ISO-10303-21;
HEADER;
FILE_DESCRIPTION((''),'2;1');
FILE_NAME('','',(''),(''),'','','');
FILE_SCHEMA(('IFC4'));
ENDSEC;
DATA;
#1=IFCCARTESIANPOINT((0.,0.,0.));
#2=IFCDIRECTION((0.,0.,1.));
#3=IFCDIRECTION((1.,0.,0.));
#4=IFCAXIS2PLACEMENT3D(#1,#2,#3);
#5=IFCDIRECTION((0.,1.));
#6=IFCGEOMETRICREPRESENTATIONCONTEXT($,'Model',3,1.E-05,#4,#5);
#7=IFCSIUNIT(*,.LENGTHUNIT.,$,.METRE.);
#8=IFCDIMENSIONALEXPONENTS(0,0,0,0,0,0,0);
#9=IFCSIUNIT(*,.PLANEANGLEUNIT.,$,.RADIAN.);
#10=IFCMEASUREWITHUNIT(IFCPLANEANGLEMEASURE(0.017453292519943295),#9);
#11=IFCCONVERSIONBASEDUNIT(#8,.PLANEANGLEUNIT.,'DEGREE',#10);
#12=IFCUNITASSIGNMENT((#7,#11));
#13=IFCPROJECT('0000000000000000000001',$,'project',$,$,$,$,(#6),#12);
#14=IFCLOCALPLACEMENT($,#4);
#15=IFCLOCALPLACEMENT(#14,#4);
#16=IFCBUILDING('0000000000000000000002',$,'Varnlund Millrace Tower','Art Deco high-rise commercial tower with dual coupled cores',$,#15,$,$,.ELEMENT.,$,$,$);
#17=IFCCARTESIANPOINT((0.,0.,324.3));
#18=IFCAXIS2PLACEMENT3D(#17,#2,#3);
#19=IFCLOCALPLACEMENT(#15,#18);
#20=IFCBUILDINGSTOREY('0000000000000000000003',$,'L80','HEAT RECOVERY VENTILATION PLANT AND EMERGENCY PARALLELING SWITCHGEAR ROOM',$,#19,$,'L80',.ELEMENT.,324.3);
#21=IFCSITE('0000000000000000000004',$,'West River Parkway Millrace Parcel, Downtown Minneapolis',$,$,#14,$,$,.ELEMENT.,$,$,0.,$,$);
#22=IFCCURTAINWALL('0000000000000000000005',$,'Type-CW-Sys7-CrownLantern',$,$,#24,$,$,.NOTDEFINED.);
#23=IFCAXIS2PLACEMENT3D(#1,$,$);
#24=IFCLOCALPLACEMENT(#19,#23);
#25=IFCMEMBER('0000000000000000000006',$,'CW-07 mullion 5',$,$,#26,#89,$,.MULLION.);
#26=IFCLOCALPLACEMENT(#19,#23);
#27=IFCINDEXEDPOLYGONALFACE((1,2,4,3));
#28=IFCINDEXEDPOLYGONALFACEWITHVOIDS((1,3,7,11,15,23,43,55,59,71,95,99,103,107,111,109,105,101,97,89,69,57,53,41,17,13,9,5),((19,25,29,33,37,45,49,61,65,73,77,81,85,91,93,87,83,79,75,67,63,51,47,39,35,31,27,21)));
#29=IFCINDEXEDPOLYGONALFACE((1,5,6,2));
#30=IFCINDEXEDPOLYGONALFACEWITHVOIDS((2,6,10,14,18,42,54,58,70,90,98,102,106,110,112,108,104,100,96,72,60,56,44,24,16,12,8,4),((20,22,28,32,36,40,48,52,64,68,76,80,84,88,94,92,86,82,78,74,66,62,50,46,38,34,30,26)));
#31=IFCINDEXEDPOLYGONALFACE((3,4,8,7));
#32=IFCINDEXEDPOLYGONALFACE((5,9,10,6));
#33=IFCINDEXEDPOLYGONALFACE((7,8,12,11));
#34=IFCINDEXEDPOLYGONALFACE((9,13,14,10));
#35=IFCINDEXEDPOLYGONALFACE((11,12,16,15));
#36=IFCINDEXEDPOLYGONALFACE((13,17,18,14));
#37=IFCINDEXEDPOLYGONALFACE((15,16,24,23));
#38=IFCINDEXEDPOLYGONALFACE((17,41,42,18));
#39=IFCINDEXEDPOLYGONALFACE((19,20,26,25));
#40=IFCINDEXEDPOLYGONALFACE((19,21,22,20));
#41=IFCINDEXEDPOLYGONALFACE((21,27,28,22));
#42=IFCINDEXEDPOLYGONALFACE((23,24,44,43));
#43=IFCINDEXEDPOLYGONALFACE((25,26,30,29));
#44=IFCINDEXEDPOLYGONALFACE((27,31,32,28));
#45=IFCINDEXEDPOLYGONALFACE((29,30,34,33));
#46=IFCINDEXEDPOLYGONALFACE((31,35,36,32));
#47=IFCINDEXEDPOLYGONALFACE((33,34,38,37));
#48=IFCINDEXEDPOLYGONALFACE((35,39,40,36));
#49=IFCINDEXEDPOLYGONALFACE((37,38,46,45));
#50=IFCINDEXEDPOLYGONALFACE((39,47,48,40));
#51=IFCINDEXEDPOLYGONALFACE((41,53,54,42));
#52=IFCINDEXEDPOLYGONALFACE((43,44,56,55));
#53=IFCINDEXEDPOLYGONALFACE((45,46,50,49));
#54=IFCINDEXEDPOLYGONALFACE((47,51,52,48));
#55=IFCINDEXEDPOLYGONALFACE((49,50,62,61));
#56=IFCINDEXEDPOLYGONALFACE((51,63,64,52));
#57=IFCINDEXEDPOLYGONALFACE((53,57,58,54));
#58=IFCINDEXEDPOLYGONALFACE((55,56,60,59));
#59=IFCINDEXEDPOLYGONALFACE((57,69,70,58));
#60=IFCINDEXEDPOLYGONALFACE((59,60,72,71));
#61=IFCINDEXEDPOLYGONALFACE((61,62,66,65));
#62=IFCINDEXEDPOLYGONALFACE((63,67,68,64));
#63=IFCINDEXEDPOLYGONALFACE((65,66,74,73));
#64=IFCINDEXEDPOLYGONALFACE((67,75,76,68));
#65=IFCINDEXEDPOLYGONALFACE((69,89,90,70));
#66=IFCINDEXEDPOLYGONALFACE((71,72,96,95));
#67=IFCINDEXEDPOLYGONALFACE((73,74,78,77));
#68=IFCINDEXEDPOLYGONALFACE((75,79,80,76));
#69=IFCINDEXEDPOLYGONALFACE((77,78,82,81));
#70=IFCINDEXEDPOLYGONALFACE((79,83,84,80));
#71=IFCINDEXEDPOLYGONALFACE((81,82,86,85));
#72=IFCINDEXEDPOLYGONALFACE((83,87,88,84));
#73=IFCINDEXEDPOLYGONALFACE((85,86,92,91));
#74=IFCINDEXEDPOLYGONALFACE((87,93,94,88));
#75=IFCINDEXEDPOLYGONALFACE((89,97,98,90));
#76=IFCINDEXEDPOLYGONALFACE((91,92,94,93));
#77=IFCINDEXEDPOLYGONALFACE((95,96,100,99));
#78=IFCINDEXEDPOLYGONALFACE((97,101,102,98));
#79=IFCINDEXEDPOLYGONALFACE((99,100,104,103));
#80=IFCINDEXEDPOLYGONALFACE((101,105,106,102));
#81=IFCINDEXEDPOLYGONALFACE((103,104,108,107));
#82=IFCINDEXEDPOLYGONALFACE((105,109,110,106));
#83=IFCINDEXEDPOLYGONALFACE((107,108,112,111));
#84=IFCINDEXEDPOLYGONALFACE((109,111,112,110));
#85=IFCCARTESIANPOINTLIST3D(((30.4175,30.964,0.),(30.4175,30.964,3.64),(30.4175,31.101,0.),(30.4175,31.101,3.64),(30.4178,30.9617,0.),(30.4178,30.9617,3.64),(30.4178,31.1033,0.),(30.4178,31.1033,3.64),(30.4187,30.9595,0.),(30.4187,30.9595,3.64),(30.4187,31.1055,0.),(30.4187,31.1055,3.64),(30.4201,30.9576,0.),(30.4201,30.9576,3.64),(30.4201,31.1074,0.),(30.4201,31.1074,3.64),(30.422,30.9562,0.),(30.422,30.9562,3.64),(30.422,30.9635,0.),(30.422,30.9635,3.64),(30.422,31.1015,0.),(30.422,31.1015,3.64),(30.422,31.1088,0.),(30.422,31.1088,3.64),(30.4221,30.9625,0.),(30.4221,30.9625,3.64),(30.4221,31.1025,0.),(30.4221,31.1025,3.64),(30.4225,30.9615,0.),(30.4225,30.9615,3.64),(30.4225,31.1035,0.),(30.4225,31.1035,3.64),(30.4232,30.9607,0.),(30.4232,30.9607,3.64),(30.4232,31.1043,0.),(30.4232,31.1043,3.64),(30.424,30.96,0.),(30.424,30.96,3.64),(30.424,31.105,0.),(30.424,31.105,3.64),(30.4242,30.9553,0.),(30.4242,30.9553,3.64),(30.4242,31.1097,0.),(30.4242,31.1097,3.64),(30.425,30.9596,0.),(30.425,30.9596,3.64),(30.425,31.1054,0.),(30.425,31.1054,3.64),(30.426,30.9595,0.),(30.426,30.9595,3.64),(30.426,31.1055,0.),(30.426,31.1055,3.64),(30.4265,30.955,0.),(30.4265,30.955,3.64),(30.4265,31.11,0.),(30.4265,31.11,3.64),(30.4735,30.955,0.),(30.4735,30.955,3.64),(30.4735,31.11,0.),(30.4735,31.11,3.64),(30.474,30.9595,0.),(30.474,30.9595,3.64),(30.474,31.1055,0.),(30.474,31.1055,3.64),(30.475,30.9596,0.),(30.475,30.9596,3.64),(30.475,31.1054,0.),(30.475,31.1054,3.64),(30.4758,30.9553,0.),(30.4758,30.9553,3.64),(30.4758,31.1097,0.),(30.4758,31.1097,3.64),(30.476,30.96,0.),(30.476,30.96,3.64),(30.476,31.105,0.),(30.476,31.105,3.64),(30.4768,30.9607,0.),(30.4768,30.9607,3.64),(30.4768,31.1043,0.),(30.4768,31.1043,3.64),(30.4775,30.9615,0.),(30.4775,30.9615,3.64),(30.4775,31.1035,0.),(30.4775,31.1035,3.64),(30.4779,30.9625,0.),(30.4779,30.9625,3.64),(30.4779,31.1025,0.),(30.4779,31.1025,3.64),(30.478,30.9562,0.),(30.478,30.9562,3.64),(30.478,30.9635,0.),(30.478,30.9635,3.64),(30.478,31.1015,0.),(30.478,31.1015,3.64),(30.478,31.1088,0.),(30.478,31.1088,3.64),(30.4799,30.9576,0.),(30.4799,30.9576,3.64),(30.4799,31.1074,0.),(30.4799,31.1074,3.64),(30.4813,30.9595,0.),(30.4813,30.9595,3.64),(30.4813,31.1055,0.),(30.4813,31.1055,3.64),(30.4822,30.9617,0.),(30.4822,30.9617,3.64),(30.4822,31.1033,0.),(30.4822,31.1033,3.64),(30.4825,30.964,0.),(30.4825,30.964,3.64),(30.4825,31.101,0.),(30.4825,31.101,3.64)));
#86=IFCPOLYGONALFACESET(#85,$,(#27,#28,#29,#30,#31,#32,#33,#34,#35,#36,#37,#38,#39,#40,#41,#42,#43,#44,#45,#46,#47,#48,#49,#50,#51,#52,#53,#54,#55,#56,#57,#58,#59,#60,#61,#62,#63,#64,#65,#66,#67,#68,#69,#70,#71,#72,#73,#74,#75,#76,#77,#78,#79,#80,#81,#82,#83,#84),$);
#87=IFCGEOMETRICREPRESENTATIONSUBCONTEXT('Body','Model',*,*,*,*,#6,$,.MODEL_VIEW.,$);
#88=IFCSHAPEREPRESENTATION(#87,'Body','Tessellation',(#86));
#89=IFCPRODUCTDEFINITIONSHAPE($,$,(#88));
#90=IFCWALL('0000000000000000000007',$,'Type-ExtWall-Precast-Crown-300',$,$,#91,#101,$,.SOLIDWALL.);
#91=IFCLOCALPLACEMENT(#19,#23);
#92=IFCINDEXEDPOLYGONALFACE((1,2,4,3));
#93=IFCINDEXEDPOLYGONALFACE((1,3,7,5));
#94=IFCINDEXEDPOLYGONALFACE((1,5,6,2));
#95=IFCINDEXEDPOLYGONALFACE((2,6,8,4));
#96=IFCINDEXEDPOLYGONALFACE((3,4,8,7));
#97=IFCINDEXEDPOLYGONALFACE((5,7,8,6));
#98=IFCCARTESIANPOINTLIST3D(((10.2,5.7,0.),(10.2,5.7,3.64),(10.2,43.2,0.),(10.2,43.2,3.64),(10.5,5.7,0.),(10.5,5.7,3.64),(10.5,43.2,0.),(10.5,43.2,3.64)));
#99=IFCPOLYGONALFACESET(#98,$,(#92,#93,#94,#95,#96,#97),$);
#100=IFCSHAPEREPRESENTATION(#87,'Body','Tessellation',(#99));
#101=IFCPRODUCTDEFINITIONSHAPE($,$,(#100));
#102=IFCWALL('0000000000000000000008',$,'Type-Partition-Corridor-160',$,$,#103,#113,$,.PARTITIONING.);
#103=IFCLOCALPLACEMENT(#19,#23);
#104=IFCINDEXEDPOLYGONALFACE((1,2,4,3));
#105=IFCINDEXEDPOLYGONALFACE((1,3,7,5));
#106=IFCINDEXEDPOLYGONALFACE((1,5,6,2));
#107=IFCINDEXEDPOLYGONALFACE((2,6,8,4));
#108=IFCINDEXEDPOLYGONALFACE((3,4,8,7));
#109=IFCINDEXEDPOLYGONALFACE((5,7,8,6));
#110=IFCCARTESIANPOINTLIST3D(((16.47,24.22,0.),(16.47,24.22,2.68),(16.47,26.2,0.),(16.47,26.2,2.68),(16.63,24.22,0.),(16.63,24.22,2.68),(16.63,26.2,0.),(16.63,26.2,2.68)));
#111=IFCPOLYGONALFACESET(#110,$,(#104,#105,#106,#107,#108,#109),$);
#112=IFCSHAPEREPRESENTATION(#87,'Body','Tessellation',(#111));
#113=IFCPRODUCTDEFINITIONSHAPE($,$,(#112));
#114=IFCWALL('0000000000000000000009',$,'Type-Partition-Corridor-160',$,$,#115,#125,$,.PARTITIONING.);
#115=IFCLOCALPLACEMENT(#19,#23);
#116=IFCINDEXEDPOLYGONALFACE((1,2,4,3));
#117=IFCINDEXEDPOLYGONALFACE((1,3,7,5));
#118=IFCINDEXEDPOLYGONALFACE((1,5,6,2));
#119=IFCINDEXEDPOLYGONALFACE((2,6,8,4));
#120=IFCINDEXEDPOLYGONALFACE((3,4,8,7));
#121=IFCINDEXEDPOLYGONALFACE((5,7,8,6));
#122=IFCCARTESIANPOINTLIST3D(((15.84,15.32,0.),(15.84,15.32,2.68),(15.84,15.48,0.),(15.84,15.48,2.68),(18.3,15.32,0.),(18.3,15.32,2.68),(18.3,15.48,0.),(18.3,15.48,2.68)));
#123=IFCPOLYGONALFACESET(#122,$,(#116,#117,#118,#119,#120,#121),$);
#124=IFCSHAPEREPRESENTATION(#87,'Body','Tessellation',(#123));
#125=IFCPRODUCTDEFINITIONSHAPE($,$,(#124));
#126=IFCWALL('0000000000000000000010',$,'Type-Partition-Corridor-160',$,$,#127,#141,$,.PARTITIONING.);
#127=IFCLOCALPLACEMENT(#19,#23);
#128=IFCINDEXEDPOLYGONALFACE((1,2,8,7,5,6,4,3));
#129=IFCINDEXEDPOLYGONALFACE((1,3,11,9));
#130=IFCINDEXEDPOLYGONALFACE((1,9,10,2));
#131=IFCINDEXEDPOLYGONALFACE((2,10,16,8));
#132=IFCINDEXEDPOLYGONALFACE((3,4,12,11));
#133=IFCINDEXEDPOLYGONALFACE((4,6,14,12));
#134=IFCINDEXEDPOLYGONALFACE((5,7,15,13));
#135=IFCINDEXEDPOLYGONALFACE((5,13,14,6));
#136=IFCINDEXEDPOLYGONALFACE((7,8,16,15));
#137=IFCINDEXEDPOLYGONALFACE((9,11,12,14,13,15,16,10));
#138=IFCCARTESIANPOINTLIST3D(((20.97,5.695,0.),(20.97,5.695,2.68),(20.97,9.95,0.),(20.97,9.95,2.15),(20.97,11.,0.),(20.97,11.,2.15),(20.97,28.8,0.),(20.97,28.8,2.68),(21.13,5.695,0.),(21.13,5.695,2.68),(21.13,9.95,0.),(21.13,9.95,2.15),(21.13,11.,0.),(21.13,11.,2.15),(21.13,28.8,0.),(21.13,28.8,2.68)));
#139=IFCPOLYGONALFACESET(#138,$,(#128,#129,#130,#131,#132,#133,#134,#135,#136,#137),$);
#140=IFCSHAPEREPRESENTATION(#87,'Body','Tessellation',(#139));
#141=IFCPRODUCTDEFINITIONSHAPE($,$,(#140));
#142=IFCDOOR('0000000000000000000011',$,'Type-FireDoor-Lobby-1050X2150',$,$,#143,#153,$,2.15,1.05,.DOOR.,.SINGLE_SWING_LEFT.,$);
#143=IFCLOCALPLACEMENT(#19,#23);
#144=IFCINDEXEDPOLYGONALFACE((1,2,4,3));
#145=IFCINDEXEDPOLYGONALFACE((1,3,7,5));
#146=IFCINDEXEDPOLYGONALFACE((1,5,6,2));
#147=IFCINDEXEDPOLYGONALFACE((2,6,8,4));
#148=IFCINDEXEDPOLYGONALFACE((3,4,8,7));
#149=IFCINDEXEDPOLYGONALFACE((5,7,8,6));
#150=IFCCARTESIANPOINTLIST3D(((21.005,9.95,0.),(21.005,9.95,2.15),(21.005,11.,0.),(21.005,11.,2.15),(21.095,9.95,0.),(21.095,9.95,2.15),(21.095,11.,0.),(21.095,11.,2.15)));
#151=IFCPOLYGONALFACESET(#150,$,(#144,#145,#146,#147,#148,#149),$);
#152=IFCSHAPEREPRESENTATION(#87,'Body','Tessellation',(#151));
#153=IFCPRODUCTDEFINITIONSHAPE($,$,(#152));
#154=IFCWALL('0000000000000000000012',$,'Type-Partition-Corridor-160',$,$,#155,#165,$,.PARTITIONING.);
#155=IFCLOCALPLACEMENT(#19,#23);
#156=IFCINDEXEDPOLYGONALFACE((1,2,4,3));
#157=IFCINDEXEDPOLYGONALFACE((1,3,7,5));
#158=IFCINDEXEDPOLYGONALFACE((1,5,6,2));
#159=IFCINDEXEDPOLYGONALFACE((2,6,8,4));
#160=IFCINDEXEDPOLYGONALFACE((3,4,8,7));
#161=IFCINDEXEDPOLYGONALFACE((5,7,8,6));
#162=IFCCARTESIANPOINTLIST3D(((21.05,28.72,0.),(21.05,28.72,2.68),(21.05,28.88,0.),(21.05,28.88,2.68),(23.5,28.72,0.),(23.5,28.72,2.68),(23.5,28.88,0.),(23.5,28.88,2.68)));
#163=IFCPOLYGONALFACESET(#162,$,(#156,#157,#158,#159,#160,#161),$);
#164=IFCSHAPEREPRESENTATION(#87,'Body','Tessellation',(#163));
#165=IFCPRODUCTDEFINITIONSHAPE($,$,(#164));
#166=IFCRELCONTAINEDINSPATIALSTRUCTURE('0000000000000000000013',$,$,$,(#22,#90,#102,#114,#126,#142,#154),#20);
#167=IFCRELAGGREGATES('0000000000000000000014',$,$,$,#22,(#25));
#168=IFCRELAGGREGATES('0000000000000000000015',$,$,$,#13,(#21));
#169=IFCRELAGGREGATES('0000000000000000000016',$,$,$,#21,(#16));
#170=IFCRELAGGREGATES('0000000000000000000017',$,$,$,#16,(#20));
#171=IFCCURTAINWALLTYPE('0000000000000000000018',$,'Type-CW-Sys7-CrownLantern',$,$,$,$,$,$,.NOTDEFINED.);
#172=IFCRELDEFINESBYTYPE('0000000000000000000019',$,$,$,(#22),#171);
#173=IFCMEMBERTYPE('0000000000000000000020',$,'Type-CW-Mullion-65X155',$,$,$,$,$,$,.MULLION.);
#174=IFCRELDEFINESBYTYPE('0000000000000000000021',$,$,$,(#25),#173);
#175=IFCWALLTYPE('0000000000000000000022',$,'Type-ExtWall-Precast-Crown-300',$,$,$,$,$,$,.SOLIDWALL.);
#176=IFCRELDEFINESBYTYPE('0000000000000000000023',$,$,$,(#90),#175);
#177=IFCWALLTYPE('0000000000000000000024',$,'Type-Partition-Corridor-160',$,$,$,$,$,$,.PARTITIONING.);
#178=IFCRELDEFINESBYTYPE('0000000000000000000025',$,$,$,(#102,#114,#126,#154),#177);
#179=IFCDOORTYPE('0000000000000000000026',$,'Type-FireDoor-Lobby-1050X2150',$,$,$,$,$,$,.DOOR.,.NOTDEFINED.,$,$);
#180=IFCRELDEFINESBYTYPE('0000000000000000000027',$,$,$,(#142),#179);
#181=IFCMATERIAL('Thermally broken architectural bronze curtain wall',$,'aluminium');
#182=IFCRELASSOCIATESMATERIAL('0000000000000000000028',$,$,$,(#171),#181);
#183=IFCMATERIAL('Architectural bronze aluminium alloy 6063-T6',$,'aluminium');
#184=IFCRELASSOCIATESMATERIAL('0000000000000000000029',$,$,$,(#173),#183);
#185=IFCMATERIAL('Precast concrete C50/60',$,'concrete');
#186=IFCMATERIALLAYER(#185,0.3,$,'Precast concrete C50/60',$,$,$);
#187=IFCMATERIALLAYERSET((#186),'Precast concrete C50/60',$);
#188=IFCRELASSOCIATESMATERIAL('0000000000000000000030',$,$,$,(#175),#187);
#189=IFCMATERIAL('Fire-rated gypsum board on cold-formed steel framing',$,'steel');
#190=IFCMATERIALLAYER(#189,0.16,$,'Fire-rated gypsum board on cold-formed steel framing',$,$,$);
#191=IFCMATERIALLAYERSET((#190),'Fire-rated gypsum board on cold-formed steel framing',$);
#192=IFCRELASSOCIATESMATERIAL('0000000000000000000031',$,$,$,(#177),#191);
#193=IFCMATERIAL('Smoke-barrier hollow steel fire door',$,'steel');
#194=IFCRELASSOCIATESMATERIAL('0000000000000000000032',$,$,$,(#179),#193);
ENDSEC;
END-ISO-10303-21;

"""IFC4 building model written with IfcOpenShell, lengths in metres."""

from ifc_helpers import new_model, entity, si_unit, converted_unit, direction, frame, origin_with_axes, origin_2d_with_axis, place, context, subcontext, project, spatial, polyline, rectangle, hollow_rectangle, outline, extrude, material, layer, layer_set, material_profile, profile_set, type_object, element, fill, aggregate, save


model = new_model("IFC4")

# Units and contexts
model_context = context("Model", 3, precision=1e-05, world=origin_with_axes(), true_north=direction((0.0, 1.0)))
body_context = subcontext(model_context, "Body", "Model", "MODEL_VIEW")
ifc_project = project(units=[si_unit("LENGTHUNIT", "METRE"), converted_unit("PLANEANGLEUNIT", "DEGREE", entity("IfcPlaneAngleMeasure", 0.017453292519943295), si_unit("PLANEANGLEUNIT", "RADIAN"), dimensions=[0, 0, 0, 0, 0, 0, 0])], contexts=[model_context])

# Site, building, storey
site_placement = place(None, origin_with_axes())
site = spatial("IfcSite", under=ifc_project, at=site_placement, Name="West River Parkway Millrace Parcel, Downtown Minneapolis", CompositionType="ELEMENT", RefElevation=0.0)
building_placement = place(site_placement, origin_with_axes())
building = spatial("IfcBuilding", under=site, at=building_placement, Name="Varnlund Millrace Tower", Description="Art Deco high-rise commercial tower with dual coupled cores", CompositionType="ELEMENT")
storey_placement = place(building_placement, frame((0.0, 0.0, 324.3), z_axis=(0.0, 0.0, 1.0), x_axis=(1.0, 0.0, 0.0)))
storey = spatial("IfcBuildingStorey", under=building, at=storey_placement, Name="L80", Description="HEAT RECOVERY VENTILATION PLANT AND EMERGENCY PARALLELING SWITCHGEAR ROOM", LongName="L80", CompositionType="ELEMENT", Elevation=324.3)

# Curtain wall, member
ifc_material_1 = material(Name="Thermally broken architectural bronze curtain wall", Category="aluminium")
curtain_wall_type = type_object("IfcCurtainWallType", Name="Type-CW-Sys7-CrownLantern", PredefinedType="NOTDEFINED", material=ifc_material_1)
curtain_wall_placement = place(storey_placement, frame((30.45, 37.0, 0.0), z_axis=(0.0, 0.0, 1.0), x_axis=(1.0, 0.0, 0.0)))
curtain_wall = element("IfcCurtainWall", 1, at=curtain_wall_placement, inside=storey, type_object=curtain_wall_type, Name="Type-CW-Sys7-CrownLantern", PredefinedType="NOTDEFINED")
ifc_material_2 = material(Name="Architectural bronze aluminium alloy 6063-T6", Category="aluminium")
ifc_material_profile_1 = material_profile(ifc_material_2, hollow_rectangle(XDim=0.065, YDim=0.155, WallThickness=0.0045, InnerFilletRadius=0.004, OuterFilletRadius=0.009, at=origin_2d_with_axis()), Name="Architectural bronze aluminium alloy 6063-T6")
ifc_profile_set_1 = profile_set([ifc_material_profile_1], Name="Architectural bronze aluminium alloy 6063-T6")
member_type = type_object("IfcMemberType", Name="Type-CW-Mullion-65X155", PredefinedType="MULLION", material=ifc_profile_set_1)
member_placement = place(storey_placement, frame((30.45, 31.0325, 0.0), z_axis=(0.0, 0.0, 1.0), x_axis=(1.0, 0.0, 0.0)))
member = element("IfcMember", 2, at=member_placement, type_object=member_type, Name="CW-07 mullion 5", PredefinedType="MULLION", context=body_context, shape_type="SweptSolid", body=[
    extrude(hollow_rectangle(XDim=0.065, YDim=0.155, WallThickness=0.0045, InnerFilletRadius=0.004, OuterFilletRadius=0.009, at=origin_2d_with_axis()), origin_with_axes(), (0.0, 0.0, 1.0), 3.64),
])
aggregate(curtain_wall, [member])

# Walls
ifc_material_3 = material(Name="Precast concrete C50/60", Category="concrete")
ifc_layer_1 = layer(ifc_material_3, 0.3, Name="Precast concrete C50/60")
ifc_layer_set_1 = layer_set([ifc_layer_1], Name="Precast concrete C50/60")
wall_type_1 = type_object("IfcWallType", Name="Type-ExtWall-Precast-Crown-300", PredefinedType="SOLIDWALL", material=ifc_layer_set_1)
wall_1_placement = place(storey_placement, frame((10.35, 5.7, 0.0), z_axis=(0.0, 0.0, 1.0), x_axis=(0.0, 1.0, 0.0)))
element("IfcWall", 3, at=wall_1_placement, inside=storey, type_object=wall_type_1, Name="Type-ExtWall-Precast-Crown-300", PredefinedType="SOLIDWALL", context=body_context, shape_type="SweptSolid", body=[
    extrude(outline(polyline([(0.0, -0.15), (37.5, -0.15), (37.5, 0.15), (0.0, 0.15), (0.0, -0.15)])), origin_with_axes(), (0.0, 0.0, 1.0), 3.64),
])
ifc_material_4 = material(Name="Fire-rated gypsum board on cold-formed steel framing", Category="steel")
ifc_layer_2 = layer(ifc_material_4, 0.16, Name="Fire-rated gypsum board on cold-formed steel framing")
ifc_layer_set_2 = layer_set([ifc_layer_2], Name="Fire-rated gypsum board on cold-formed steel framing")
wall_type_2 = type_object("IfcWallType", Name="Type-Partition-Corridor-160", PredefinedType="PARTITIONING", material=ifc_layer_set_2)
wall_2_placement = place(storey_placement, frame((16.55, 24.22, 0.0), z_axis=(0.0, 0.0, 1.0), x_axis=(0.0, 1.0, 0.0)))
element("IfcWall", 4, at=wall_2_placement, inside=storey, type_object=wall_type_2, Name="Type-Partition-Corridor-160", PredefinedType="PARTITIONING", context=body_context, shape_type="SweptSolid", body=[
    extrude(outline(polyline([(0.0, -0.08), (1.98, -0.08), (1.98, 0.08), (0.0, 0.08), (0.0, -0.08)])), origin_with_axes(), (0.0, 0.0, 1.0), 2.68),
])
wall_3_placement = place(storey_placement, frame((15.84, 15.4, 0.0), z_axis=(0.0, 0.0, 1.0), x_axis=(1.0, 0.0, 0.0)))
element("IfcWall", 5, at=wall_3_placement, inside=storey, type_object=wall_type_2, Name="Type-Partition-Corridor-160", PredefinedType="PARTITIONING", context=body_context, shape_type="SweptSolid", body=[
    extrude(outline(polyline([(0.0, -0.08), (2.46, -0.08), (2.46, 0.08), (0.0, 0.08), (0.0, -0.08)])), origin_with_axes(), (0.0, 0.0, 1.0), 2.68),
])

# Wall, opening, door
wall_4_placement = place(storey_placement, frame((21.05, 5.695, 0.0), z_axis=(0.0, 0.0, 1.0), x_axis=(0.0, 1.0, 0.0)))
wall_4 = element("IfcWall", 6, at=wall_4_placement, inside=storey, type_object=wall_type_2, Name="Type-Partition-Corridor-160", PredefinedType="PARTITIONING", context=body_context, shape_type="SweptSolid", body=[
    extrude(outline(polyline([(0.0, -0.08), (23.105, -0.08), (23.105, 0.08), (0.0, 0.08), (0.0, -0.08)])), origin_with_axes(), (0.0, 0.0, 1.0), 2.68),
])
opening_placement = place(wall_4_placement, frame((4.78, 0.0, 0.0), z_axis=(0.0, 0.0, 1.0), x_axis=(1.0, 0.0, 0.0)))
opening = element("IfcOpeningElement", 7, at=opening_placement, cuts=wall_4, PredefinedType="OPENING", context=body_context, shape_type="SweptSolid", body=[
    extrude(rectangle(XDim=1.05, YDim=0.18, at=origin_2d_with_axis()), origin_with_axes(), (0.0, 0.0, 1.0), 2.15),
])
ifc_material_5 = material(Name="Smoke-barrier hollow steel fire door", Category="steel")
door_type = type_object("IfcDoorType", Name="Type-FireDoor-Lobby-1050X2150", OperationType="NOTDEFINED", PredefinedType="DOOR", material=ifc_material_5)
door_placement = place(wall_4_placement, frame((4.78, 0.0, 0.0), z_axis=(0.0, 0.0, 1.0), x_axis=(1.0, 0.0, 0.0)))
door = element("IfcDoor", 8, at=door_placement, inside=storey, type_object=door_type, Name="Type-FireDoor-Lobby-1050X2150", OperationType="SINGLE_SWING_LEFT", OverallHeight=2.15, OverallWidth=1.05, PredefinedType="DOOR", context=body_context, shape_type="SweptSolid", body=[
    extrude(rectangle(XDim=1.05, YDim=0.09, at=origin_2d_with_axis()), origin_with_axes(), (0.0, 0.0, 1.0), 2.15),
])
fill(opening, door)

# Wall
wall_5_placement = place(storey_placement, frame((21.05, 28.8, 0.0), z_axis=(0.0, 0.0, 1.0), x_axis=(1.0, 0.0, 0.0)))
element("IfcWall", 9, at=wall_5_placement, inside=storey, type_object=wall_type_2, Name="Type-Partition-Corridor-160", PredefinedType="PARTITIONING", context=body_context, shape_type="SweptSolid", body=[
    extrude(outline(polyline([(0.0, -0.08), (2.45, -0.08), (2.45, 0.08), (0.0, 0.08), (0.0, -0.08)])), origin_with_axes(), (0.0, 0.0, 1.0), 2.68),
])

save(model, "model.ifc")
